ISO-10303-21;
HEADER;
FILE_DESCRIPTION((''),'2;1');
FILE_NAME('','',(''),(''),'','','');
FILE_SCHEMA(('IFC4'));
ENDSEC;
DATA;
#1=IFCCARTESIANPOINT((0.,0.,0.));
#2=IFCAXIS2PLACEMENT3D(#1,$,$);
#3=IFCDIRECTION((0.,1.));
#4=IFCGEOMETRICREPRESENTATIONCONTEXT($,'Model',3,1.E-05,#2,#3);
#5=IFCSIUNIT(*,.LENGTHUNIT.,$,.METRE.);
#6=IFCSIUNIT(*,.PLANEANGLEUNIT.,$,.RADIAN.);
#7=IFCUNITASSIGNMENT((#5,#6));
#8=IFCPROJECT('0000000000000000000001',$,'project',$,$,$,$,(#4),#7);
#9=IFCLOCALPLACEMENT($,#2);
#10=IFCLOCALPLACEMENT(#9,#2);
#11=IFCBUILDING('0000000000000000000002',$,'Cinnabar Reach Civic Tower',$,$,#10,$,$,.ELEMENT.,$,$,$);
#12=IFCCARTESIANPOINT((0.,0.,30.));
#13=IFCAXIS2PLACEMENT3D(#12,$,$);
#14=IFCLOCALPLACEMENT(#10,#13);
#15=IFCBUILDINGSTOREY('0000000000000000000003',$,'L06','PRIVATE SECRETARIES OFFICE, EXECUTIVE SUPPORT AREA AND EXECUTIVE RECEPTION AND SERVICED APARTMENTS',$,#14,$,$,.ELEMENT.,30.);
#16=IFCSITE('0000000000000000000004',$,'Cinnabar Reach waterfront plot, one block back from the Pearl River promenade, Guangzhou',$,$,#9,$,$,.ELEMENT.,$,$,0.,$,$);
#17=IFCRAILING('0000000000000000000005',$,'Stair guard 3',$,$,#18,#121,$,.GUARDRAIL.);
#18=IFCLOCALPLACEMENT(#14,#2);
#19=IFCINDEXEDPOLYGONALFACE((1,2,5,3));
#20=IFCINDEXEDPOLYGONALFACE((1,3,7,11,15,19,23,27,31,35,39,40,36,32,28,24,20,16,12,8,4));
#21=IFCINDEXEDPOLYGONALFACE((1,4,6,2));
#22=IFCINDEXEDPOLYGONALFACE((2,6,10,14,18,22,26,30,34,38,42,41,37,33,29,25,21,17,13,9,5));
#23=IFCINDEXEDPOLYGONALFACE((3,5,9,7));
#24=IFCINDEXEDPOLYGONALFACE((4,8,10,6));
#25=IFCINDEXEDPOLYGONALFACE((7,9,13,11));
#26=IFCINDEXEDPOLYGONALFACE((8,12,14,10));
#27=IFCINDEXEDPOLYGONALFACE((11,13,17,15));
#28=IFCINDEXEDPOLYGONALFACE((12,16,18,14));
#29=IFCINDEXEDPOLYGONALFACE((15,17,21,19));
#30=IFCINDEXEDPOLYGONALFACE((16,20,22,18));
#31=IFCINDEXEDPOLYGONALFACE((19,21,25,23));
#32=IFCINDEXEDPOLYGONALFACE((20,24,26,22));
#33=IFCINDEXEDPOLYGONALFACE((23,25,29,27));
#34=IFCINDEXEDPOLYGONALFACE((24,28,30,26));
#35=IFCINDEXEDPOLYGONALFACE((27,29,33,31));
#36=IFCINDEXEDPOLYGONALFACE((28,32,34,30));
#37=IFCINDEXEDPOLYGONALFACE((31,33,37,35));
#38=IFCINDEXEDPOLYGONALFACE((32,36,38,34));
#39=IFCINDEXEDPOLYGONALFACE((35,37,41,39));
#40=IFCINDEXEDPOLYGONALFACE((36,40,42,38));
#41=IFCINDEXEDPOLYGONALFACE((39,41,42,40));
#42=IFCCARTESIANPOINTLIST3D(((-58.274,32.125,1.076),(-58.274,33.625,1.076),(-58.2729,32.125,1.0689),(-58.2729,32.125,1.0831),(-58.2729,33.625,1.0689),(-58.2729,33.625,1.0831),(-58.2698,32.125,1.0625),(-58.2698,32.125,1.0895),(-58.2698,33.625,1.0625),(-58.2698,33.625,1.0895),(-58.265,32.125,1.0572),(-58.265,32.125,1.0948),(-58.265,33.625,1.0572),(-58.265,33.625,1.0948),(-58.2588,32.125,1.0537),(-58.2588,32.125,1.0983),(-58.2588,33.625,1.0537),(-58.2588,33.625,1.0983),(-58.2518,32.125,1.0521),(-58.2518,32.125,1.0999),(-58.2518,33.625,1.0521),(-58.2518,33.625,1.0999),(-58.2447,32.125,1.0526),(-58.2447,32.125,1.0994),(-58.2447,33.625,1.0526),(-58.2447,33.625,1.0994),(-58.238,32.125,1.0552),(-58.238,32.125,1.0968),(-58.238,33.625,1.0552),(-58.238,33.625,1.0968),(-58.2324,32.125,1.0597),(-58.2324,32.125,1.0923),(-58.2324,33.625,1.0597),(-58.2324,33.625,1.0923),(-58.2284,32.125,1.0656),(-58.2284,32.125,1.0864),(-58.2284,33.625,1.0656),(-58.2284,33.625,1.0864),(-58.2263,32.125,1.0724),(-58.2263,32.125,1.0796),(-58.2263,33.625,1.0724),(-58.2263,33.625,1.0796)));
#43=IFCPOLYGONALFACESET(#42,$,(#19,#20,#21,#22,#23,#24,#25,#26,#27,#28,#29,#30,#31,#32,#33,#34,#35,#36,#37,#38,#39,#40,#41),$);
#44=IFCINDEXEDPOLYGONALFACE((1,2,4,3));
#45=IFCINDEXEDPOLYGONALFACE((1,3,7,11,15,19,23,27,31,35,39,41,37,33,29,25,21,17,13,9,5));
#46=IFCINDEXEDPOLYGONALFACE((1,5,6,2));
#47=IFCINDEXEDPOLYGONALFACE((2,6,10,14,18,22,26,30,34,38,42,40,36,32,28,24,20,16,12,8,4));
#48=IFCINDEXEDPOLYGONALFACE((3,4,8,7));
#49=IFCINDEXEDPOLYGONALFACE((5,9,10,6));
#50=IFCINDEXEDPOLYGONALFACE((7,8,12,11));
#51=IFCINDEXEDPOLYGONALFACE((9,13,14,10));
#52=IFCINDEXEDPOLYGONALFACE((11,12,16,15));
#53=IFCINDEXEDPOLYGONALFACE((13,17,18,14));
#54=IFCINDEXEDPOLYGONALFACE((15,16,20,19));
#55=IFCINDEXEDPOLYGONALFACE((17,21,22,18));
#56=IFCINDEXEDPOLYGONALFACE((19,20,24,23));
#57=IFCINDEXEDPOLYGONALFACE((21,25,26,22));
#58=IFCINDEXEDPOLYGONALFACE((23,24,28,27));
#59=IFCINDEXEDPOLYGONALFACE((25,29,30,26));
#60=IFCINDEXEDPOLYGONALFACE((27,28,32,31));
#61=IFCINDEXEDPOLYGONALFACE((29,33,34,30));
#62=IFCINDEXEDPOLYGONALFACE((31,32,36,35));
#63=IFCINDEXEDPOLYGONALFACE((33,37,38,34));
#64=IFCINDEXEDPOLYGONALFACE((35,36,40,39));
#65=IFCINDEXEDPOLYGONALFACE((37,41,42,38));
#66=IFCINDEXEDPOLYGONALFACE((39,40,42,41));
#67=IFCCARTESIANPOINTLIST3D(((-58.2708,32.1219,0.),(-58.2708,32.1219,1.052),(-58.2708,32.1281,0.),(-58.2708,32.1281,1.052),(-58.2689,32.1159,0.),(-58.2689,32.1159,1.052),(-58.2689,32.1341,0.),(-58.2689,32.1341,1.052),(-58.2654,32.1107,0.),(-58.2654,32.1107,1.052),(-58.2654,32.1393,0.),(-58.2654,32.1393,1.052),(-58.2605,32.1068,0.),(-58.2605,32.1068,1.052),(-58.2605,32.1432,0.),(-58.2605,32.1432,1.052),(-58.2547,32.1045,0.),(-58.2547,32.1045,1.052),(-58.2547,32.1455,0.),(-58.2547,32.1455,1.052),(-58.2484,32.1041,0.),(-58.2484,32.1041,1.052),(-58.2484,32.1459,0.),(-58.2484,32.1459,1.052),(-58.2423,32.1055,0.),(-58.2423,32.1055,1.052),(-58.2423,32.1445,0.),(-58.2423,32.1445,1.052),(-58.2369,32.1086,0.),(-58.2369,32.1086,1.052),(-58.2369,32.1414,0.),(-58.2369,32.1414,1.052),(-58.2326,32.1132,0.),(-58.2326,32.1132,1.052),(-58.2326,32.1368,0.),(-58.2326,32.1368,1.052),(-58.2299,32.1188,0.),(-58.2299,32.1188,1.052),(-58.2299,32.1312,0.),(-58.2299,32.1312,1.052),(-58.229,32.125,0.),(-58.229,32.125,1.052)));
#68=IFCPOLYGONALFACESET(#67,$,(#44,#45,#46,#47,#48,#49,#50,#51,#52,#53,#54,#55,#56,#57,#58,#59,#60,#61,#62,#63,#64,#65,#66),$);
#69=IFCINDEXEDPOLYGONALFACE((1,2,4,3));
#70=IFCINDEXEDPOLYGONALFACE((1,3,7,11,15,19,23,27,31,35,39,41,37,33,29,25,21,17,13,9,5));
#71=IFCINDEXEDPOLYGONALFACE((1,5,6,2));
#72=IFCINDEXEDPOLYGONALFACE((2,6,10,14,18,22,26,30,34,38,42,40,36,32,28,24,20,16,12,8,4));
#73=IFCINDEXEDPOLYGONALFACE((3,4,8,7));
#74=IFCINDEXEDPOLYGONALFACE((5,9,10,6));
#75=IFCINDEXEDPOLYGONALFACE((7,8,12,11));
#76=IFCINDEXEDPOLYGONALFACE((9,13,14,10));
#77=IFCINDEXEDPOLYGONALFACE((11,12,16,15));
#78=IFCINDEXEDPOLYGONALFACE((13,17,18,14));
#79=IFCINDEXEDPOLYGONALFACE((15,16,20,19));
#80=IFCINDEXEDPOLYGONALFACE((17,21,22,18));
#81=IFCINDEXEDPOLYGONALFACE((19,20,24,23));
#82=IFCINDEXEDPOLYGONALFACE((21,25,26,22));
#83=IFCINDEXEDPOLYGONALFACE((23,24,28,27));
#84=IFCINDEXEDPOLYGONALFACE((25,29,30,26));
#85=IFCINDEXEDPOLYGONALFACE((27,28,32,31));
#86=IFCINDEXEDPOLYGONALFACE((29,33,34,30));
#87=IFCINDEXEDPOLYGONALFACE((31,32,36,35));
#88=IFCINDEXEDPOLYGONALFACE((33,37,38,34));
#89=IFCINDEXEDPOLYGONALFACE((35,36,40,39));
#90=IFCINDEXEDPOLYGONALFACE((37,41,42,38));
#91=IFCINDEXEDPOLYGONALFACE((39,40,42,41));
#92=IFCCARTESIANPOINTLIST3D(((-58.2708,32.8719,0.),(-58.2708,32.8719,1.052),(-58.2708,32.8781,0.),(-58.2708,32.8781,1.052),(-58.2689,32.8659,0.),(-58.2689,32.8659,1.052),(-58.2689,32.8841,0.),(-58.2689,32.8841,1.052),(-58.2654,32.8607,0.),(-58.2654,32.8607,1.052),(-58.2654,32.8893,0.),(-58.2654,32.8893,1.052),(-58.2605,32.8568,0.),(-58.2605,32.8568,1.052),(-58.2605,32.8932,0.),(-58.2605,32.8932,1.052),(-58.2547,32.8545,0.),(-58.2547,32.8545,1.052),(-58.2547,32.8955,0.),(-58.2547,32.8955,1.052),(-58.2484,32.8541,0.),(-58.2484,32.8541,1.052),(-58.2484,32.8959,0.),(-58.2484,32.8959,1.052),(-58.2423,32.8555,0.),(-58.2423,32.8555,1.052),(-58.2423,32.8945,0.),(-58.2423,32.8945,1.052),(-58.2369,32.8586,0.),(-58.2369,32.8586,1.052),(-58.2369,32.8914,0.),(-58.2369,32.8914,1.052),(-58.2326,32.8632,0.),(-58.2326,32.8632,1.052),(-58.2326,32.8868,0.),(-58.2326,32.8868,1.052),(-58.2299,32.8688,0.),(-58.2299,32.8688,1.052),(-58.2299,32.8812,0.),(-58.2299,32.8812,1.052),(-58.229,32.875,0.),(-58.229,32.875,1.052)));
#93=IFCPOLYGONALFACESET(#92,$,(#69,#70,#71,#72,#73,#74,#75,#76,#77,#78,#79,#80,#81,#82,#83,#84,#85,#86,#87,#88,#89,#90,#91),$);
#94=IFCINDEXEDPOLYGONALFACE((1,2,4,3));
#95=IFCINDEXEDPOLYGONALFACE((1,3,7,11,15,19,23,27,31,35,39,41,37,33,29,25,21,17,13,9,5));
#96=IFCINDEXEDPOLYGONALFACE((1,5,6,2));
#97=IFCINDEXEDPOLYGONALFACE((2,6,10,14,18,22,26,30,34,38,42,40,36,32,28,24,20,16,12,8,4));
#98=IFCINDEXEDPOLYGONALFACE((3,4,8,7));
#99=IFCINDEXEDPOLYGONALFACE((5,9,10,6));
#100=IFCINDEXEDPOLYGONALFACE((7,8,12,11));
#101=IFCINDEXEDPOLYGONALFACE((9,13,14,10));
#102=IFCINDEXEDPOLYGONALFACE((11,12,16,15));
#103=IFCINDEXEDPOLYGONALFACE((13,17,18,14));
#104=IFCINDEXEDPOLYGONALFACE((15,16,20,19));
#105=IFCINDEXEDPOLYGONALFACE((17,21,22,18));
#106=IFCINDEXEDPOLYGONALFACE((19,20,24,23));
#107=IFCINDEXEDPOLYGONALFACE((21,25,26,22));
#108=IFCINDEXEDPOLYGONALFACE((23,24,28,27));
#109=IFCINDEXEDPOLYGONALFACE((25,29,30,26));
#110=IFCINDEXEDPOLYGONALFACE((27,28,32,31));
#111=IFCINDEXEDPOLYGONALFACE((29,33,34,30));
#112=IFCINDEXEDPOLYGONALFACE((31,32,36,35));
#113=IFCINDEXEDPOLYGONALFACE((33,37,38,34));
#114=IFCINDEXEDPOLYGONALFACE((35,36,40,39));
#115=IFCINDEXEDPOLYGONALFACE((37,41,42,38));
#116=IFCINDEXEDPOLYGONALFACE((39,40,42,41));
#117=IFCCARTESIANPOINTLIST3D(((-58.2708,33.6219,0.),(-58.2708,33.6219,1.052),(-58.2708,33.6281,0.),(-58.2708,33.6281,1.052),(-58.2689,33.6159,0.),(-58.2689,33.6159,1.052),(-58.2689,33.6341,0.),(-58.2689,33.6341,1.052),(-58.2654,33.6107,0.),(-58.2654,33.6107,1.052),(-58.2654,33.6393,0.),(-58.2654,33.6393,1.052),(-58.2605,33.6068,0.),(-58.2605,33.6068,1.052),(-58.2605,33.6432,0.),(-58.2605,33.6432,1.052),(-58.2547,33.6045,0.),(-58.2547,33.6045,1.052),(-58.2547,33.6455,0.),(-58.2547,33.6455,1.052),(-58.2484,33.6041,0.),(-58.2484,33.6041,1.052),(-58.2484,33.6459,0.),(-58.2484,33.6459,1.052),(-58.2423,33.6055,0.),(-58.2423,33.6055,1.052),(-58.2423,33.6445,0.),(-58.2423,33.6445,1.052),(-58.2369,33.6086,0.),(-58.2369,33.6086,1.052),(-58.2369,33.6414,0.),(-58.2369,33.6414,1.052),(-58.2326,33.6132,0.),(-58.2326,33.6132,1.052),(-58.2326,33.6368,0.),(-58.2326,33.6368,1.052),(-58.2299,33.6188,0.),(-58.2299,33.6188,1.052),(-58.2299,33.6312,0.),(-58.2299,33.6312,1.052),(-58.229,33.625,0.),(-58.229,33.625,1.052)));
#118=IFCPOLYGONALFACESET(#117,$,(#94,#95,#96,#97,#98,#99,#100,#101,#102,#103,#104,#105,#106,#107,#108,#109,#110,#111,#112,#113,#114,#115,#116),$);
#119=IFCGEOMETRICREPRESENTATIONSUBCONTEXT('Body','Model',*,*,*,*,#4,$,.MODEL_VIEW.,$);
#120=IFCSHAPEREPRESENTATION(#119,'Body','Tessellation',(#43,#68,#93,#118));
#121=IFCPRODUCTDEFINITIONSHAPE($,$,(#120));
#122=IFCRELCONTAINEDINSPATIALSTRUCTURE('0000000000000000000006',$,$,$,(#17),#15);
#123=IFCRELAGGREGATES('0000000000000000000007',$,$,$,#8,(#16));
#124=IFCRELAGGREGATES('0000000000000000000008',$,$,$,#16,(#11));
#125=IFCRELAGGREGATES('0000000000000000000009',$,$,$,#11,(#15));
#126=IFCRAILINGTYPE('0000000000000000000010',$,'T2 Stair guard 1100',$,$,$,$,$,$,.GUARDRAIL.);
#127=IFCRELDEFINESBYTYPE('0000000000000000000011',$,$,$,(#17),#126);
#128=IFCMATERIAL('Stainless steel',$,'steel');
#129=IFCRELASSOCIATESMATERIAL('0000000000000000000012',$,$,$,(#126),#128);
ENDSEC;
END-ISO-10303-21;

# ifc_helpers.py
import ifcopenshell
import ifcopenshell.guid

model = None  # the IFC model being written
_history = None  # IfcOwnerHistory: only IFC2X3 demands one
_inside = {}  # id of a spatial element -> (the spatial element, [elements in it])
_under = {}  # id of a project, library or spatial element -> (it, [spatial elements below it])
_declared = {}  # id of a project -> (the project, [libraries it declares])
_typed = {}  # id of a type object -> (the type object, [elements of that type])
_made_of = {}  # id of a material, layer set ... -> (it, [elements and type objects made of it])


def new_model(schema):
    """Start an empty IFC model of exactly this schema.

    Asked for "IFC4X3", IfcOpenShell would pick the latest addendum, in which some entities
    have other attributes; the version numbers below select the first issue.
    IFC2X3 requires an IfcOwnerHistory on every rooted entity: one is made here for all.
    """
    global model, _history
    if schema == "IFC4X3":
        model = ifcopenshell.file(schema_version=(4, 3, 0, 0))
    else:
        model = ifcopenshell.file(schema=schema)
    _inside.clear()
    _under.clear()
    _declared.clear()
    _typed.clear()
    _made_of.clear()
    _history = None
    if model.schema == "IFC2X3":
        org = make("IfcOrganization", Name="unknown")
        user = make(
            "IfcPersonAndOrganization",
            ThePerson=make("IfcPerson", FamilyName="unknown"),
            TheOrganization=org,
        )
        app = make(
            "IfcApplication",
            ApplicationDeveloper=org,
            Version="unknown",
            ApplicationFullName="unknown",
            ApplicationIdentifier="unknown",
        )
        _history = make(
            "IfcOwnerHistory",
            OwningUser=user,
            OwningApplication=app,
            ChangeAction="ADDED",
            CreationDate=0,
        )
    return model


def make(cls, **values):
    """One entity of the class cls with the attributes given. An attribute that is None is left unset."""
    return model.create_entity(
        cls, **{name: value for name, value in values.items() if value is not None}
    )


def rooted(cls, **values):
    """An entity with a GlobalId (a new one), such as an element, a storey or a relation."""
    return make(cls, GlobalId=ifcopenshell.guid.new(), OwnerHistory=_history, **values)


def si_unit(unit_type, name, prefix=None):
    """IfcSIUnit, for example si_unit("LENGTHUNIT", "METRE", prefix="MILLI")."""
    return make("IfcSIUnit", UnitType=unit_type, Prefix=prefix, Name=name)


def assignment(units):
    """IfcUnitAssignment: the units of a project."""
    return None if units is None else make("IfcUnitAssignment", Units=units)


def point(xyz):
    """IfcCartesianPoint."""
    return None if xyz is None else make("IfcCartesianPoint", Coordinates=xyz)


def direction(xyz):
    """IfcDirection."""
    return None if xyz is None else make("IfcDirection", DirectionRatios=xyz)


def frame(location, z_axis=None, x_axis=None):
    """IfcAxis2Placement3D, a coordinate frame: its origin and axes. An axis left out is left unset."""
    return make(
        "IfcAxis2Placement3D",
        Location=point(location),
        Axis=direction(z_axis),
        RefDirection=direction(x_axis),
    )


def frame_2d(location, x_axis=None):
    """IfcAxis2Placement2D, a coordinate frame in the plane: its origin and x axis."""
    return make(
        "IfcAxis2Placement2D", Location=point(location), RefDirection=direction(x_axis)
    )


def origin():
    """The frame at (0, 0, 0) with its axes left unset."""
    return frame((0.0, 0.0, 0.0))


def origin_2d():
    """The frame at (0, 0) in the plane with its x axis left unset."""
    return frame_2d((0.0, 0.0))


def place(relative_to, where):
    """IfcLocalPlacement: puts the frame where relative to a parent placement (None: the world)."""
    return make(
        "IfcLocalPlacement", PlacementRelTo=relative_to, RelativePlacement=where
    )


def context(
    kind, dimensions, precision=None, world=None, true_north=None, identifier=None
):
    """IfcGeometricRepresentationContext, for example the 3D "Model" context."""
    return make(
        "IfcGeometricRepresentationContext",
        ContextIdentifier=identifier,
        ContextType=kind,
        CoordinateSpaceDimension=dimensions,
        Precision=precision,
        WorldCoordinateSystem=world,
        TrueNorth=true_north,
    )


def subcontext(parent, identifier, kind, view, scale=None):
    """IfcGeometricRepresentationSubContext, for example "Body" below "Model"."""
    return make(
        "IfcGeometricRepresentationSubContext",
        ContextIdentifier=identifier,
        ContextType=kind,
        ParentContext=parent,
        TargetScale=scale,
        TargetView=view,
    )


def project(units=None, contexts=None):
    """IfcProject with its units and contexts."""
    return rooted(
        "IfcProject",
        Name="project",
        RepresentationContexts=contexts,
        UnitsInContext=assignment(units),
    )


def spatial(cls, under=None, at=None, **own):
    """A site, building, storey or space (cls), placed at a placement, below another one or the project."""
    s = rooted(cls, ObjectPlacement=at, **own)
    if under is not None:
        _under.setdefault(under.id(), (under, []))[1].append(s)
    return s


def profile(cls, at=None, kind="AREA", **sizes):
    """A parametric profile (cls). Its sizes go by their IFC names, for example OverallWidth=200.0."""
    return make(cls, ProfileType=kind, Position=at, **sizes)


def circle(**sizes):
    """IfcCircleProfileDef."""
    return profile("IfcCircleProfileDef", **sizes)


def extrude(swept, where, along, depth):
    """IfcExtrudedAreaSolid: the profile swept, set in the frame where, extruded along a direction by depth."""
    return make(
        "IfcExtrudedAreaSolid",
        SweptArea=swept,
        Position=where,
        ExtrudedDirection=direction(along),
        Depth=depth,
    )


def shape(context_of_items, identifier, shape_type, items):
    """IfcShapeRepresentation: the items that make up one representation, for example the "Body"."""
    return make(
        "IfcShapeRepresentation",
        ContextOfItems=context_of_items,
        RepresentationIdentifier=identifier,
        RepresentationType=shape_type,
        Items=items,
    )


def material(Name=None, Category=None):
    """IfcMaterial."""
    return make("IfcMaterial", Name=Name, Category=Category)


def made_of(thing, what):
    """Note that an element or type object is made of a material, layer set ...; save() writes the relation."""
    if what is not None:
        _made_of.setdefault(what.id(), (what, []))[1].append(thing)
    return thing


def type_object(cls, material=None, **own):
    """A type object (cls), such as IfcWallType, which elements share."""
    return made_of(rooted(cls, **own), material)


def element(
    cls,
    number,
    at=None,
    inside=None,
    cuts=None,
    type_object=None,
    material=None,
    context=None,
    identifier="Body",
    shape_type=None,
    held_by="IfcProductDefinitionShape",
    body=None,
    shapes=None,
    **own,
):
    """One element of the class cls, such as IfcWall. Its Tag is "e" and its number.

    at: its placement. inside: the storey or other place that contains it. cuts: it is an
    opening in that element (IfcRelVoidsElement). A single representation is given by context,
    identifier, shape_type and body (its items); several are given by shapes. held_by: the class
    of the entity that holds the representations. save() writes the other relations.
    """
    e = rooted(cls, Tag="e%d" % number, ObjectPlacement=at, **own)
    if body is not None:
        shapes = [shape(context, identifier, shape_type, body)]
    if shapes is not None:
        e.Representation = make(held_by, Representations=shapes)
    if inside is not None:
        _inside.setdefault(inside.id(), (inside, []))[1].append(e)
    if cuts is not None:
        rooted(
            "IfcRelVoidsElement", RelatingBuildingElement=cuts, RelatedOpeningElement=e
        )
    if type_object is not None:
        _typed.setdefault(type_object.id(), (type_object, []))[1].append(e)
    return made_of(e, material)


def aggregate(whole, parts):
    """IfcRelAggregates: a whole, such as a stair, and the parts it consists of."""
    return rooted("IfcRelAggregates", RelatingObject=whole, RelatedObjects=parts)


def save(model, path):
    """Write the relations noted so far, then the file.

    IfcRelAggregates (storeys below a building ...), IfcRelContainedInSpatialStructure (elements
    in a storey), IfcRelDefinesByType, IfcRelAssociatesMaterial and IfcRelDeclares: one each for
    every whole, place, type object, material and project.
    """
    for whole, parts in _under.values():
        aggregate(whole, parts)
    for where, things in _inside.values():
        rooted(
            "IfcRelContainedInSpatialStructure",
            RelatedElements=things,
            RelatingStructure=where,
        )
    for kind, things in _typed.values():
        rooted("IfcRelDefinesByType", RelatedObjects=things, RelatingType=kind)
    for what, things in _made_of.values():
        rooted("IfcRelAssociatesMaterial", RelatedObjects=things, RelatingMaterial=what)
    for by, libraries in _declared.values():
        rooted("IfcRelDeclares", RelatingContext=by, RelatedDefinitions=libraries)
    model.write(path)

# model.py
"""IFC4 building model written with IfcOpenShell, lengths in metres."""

from ifc_helpers import new_model, si_unit, direction, frame, origin, origin_2d, place, context, subcontext, project, spatial, circle, extrude, material, type_object, element, save


model = new_model("IFC4")

# Units and contexts
model_context = context("Model", 3, precision=1e-05, world=origin(), true_north=direction((0.0, 1.0)))
body_context = subcontext(model_context, "Body", "Model", "MODEL_VIEW")
ifc_project = project(units=[si_unit("LENGTHUNIT", "METRE"), si_unit("PLANEANGLEUNIT", "RADIAN")], contexts=[model_context])

# Site, building, storey
site_placement = place(None, origin())
site = spatial("IfcSite", under=ifc_project, at=site_placement, Name="Cinnabar Reach waterfront plot, one block back from the Pearl River promenade, Guangzhou", CompositionType="ELEMENT", RefElevation=0.0)
building_placement = place(site_placement, origin())
building = spatial("IfcBuilding", under=site, at=building_placement, Name="Cinnabar Reach Civic Tower", CompositionType="ELEMENT")
storey_placement = place(building_placement, frame((0.0, 0.0, 30.0)))
storey = spatial("IfcBuildingStorey", under=building, at=storey_placement, Name="L06", Description="PRIVATE SECRETARIES OFFICE, EXECUTIVE SUPPORT AREA AND EXECUTIVE RECEPTION AND SERVICED APARTMENTS", CompositionType="ELEMENT", Elevation=30.0)

# Railing
ifc_material_1 = material(Name="Stainless steel", Category="steel")
railing_type = type_object("IfcRailingType", Name="T2 Stair guard 1100", PredefinedType="GUARDRAIL", material=ifc_material_1)
railing_1_placement = place(storey_placement, frame((-58.25, 32.125, 0.0)))
element("IfcRailing", 1, at=railing_1_placement, inside=storey, type_object=railing_type, Name="Stair guard 3", PredefinedType="GUARDRAIL", context=body_context, shape_type="SweptSolid", body=[
    extrude(circle(Radius=0.024, at=origin_2d()), frame((0.0, 0.0, 1.076), z_axis=(0.0, 1.0, 0.0), x_axis=(-1.0, 0.0, 0.0)), (0.0, 0.0, 1.0), 1.5),
    extrude(circle(Radius=0.021, at=origin_2d()), origin(), (0.0, 0.0, 1.0), 1.052),
    extrude(circle(Radius=0.021, at=origin_2d()), frame((0.0, 0.75, 0.0)), (0.0, 0.0, 1.0), 1.052),
    extrude(circle(Radius=0.021, at=origin_2d()), frame((0.0, 1.5, 0.0)), (0.0, 0.0, 1.0), 1.052),
])

save(model, "model.ifc")
